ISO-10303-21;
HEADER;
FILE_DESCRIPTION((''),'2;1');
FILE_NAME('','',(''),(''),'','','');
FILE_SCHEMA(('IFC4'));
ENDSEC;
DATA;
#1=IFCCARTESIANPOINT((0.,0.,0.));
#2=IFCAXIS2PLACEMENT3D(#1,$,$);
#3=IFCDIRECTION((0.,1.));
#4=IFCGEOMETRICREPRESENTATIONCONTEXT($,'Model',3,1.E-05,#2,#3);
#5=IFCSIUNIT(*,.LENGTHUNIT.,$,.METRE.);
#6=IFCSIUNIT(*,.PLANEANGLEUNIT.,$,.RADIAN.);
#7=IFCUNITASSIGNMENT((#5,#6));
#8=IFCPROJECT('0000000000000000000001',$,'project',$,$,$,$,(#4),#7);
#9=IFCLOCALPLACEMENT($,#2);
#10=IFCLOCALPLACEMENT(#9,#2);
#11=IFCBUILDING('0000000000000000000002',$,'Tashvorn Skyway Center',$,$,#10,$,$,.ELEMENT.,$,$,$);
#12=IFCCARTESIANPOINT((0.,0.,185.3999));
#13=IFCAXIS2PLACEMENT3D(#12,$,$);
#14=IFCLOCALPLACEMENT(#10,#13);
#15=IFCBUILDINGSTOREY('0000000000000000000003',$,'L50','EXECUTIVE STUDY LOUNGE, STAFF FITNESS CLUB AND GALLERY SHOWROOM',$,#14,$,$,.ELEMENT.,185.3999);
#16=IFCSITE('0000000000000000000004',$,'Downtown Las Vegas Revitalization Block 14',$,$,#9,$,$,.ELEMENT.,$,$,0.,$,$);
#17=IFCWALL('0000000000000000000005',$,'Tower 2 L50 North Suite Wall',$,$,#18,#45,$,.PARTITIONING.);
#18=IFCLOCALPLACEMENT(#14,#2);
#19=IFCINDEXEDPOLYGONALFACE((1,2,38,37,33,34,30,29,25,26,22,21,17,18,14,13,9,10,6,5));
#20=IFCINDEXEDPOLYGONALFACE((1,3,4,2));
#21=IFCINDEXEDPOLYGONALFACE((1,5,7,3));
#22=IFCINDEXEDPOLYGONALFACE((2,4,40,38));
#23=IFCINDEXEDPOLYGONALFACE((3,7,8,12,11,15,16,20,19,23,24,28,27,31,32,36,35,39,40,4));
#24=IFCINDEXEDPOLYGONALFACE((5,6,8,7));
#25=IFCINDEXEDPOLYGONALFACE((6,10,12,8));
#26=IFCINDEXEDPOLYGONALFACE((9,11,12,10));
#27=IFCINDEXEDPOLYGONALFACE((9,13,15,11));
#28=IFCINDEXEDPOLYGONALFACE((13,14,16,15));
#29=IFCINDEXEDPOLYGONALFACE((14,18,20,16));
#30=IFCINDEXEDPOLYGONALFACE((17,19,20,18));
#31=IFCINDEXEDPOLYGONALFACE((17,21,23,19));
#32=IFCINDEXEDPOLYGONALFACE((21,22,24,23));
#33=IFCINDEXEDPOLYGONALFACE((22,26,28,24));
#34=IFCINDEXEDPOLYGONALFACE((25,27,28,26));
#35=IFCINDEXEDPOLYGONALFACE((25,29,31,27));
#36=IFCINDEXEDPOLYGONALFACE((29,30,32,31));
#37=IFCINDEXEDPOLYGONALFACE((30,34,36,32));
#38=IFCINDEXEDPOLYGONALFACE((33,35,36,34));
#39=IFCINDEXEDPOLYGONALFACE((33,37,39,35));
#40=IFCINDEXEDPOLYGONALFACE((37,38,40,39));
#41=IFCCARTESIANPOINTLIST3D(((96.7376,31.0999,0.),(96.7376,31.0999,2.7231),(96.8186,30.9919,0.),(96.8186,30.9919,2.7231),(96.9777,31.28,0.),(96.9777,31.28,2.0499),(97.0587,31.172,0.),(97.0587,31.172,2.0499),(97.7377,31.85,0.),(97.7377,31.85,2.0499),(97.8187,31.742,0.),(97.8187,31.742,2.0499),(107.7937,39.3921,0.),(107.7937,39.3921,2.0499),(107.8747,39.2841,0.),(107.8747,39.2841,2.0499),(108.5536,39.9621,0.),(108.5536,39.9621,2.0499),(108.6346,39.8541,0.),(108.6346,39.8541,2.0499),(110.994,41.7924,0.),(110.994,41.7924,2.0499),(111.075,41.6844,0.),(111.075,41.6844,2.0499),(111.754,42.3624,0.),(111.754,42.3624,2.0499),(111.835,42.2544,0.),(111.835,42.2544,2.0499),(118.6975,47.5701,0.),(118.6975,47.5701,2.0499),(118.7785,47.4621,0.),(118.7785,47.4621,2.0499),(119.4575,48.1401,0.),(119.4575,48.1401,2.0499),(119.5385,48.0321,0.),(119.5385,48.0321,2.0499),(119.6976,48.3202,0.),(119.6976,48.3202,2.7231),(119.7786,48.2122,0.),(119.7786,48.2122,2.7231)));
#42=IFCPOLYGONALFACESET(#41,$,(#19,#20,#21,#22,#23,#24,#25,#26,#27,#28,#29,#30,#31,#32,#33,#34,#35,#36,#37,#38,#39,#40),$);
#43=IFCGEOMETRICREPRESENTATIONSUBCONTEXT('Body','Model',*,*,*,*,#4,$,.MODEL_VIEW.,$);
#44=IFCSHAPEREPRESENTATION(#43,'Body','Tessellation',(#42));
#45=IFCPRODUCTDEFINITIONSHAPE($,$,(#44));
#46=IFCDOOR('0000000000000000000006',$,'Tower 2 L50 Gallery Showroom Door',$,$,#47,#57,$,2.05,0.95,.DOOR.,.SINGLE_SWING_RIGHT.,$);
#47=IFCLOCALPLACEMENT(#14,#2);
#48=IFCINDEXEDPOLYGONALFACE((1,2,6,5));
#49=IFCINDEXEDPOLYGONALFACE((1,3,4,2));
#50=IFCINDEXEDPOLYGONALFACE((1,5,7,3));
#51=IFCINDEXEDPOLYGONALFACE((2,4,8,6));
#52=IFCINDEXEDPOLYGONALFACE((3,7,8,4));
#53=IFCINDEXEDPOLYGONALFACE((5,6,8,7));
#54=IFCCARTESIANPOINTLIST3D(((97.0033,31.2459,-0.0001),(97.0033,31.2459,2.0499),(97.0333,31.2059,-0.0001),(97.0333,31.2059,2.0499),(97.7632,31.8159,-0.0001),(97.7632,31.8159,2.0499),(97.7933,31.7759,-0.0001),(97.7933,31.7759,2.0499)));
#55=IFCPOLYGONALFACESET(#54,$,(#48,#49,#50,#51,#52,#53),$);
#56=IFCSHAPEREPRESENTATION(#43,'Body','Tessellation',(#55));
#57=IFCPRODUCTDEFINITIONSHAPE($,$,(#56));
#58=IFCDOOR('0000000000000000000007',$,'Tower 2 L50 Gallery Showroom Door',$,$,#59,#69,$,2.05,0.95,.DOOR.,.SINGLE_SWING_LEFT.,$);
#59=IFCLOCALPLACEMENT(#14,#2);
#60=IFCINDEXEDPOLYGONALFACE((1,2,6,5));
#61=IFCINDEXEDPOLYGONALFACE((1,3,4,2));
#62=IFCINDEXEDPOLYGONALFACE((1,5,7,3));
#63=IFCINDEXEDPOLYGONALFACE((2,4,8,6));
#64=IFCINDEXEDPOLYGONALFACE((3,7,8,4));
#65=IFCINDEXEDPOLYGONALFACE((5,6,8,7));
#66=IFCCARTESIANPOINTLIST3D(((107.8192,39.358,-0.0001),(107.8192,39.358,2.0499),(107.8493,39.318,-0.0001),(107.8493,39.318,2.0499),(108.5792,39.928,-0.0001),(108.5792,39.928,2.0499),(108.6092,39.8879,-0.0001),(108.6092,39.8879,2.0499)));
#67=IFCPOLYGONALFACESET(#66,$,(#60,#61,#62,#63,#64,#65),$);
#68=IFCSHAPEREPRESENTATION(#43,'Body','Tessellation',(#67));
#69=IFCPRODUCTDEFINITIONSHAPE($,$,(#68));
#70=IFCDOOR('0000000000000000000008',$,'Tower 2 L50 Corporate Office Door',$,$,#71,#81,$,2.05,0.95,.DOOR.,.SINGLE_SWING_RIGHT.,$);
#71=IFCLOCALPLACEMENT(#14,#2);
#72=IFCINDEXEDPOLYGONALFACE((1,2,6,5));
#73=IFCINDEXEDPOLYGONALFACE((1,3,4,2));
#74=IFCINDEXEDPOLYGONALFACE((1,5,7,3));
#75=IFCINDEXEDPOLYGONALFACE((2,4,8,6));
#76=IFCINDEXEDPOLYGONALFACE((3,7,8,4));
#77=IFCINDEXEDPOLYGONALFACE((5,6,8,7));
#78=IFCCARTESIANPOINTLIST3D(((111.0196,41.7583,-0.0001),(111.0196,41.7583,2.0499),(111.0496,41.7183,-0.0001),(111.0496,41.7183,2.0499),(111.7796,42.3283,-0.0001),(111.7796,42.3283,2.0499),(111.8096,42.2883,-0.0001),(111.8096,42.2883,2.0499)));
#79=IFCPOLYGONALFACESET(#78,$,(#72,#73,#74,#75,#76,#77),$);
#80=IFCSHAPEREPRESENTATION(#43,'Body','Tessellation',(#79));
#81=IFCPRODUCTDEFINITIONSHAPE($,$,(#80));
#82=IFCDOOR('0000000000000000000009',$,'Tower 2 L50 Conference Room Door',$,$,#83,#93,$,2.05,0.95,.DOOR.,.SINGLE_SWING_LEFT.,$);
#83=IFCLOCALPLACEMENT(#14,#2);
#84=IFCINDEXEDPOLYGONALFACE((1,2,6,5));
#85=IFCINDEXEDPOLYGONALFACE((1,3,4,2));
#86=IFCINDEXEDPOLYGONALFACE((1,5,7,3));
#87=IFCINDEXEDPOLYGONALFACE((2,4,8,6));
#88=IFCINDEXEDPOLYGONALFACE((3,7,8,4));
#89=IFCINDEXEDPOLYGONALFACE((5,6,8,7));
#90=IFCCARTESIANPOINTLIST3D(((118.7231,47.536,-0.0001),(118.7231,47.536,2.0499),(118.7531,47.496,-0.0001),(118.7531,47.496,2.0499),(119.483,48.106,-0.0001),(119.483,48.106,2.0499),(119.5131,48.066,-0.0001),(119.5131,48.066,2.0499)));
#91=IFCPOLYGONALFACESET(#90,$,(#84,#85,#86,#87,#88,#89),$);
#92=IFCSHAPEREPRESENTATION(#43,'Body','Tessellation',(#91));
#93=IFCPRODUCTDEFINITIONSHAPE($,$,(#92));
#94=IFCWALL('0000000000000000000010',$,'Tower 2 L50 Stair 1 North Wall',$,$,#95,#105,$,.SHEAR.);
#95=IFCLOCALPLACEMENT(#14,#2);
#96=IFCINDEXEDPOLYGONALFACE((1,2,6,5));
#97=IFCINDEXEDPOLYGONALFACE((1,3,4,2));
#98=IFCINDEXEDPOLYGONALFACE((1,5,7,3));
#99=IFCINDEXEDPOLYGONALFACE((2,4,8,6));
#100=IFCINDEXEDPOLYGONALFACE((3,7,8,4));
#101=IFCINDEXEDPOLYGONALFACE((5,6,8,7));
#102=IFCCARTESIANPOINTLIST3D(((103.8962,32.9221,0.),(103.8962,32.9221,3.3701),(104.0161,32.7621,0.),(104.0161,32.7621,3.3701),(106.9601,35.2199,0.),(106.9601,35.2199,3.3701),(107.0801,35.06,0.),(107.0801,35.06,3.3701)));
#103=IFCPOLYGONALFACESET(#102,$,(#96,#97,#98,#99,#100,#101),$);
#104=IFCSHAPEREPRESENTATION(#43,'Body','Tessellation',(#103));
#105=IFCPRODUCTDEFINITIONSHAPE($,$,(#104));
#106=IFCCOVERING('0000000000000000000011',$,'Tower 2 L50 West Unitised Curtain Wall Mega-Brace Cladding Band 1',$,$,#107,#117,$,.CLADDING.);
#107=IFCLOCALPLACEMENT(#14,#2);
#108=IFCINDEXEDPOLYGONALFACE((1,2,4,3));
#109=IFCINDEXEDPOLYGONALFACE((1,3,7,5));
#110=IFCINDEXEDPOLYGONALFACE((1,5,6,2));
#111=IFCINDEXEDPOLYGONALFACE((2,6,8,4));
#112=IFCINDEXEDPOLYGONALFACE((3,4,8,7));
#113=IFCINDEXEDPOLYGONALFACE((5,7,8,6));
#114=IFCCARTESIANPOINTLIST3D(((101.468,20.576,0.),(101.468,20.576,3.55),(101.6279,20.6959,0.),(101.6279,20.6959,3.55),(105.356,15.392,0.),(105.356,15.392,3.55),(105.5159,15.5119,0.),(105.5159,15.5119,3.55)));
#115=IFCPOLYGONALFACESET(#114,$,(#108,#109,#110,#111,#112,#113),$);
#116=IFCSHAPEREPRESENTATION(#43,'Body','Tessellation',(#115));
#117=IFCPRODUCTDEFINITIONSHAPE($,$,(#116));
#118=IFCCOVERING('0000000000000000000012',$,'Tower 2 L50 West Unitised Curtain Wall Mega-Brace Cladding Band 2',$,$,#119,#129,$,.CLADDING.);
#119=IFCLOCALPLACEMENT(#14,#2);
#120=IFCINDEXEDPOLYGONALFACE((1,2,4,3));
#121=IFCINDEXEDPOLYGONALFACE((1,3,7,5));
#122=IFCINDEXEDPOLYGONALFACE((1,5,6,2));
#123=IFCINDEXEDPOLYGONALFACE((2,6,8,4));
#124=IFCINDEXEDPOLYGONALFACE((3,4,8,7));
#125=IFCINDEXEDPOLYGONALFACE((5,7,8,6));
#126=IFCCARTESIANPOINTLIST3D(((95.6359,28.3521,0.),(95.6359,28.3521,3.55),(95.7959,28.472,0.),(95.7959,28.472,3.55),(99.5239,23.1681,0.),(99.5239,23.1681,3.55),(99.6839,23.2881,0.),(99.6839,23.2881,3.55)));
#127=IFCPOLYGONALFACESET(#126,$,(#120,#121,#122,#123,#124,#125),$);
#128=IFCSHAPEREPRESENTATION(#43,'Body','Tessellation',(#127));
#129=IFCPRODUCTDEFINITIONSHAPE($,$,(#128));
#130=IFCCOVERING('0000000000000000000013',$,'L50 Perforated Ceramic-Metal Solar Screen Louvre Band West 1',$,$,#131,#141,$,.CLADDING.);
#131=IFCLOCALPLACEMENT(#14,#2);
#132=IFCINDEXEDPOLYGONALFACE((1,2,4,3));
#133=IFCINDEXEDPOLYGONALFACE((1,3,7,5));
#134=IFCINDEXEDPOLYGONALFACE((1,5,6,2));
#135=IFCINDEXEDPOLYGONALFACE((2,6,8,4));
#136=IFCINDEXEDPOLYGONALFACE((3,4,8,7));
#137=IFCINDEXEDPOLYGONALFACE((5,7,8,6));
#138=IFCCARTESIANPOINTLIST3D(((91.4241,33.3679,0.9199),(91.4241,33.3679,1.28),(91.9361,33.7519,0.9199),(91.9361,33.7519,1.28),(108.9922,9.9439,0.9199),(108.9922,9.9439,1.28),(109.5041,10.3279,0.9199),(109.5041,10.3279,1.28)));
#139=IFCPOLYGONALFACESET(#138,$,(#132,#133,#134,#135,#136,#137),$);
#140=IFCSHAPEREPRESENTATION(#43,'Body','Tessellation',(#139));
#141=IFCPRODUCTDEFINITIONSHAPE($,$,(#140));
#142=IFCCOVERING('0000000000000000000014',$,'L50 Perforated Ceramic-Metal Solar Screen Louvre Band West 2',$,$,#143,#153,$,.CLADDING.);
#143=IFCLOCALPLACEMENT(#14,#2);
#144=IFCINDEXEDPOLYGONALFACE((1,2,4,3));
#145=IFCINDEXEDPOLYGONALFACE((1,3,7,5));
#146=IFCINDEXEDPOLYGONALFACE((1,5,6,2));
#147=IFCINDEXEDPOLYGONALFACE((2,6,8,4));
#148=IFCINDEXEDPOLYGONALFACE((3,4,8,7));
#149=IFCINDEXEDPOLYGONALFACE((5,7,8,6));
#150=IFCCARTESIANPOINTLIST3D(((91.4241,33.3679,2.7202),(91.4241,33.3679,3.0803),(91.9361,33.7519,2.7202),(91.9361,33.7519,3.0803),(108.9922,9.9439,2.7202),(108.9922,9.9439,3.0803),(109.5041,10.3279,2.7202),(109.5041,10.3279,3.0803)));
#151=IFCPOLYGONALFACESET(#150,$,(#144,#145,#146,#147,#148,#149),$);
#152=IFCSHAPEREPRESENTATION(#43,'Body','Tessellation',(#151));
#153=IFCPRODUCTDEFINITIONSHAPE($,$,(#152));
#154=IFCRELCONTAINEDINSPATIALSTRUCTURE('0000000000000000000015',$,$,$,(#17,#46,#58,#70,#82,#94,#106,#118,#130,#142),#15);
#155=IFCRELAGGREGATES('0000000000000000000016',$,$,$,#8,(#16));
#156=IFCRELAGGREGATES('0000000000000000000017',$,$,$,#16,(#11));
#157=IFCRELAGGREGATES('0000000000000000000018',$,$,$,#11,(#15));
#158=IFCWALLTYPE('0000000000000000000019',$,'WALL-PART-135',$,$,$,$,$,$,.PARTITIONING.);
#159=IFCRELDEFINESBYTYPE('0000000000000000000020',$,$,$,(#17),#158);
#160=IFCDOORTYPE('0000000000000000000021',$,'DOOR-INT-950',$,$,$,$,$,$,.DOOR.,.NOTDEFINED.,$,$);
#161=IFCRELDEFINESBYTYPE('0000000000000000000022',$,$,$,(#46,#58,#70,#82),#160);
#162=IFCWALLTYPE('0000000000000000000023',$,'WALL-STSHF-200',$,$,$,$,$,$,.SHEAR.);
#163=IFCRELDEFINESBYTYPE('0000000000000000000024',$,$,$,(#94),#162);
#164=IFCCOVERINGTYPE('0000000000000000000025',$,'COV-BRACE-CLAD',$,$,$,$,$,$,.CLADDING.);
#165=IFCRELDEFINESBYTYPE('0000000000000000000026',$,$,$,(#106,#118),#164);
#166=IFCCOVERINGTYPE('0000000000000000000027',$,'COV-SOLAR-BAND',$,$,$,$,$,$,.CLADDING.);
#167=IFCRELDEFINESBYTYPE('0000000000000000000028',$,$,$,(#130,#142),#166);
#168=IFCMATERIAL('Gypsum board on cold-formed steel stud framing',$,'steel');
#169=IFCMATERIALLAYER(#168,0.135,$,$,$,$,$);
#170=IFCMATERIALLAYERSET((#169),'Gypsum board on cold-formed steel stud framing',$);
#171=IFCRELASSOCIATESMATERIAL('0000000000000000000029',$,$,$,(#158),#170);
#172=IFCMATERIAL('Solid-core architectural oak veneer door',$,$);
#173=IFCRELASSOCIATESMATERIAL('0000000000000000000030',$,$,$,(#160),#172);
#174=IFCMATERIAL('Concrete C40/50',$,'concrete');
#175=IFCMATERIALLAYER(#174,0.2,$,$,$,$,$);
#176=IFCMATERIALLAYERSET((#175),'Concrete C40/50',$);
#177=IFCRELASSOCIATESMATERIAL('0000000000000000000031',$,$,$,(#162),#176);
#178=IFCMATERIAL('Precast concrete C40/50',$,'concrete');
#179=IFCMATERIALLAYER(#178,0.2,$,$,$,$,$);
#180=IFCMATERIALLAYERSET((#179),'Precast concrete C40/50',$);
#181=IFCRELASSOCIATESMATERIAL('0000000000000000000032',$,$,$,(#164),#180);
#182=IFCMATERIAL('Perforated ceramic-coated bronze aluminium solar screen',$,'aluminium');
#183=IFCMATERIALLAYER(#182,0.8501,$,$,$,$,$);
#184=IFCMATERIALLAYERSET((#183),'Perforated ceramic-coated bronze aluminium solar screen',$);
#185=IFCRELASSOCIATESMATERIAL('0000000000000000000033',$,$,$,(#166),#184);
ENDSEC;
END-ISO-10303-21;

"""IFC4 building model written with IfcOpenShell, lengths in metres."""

from ifc_helpers import new_model, si_unit, direction, frame, frame_2d, origin, origin_2d, place, context, subcontext, project, spatial, rectangle, extrude, material, layer, layer_set, type_object, element, fill, save


model = new_model("IFC4")

# Units and contexts
model_context = context("Model", 3, precision=1e-05, world=origin(), true_north=direction((0.0, 1.0)))
body_context = subcontext(model_context, "Body", "Model", "MODEL_VIEW")
ifc_project = project(units=[si_unit("LENGTHUNIT", "METRE"), si_unit("PLANEANGLEUNIT", "RADIAN")], contexts=[model_context])

# Site, building, storey
site_placement = place(None, origin())
site = spatial("IfcSite", under=ifc_project, at=site_placement, Name="Downtown Las Vegas Revitalization Block 14", CompositionType="ELEMENT", RefElevation=0.0)
building_placement = place(site_placement, origin())
building = spatial("IfcBuilding", under=site, at=building_placement, Name="Tashvorn Skyway Center", CompositionType="ELEMENT")
storey_placement = place(building_placement, frame((0.0, 0.0, 185.3999)))
storey = spatial("IfcBuildingStorey", under=building, at=storey_placement, Name="L50", Description="EXECUTIVE STUDY LOUNGE, STAFF FITNESS CLUB AND GALLERY SHOWROOM", CompositionType="ELEMENT", Elevation=185.3999)

# Shared definitions
ifc_material_1 = material(Name="Gypsum board on cold-formed steel stud framing", Category="steel")

# Wall, openings, doors
ifc_layer_1 = layer(ifc_material_1, 0.135)
ifc_layer_set_1 = layer_set([ifc_layer_1], Name="Gypsum board on cold-formed steel stud framing")
wall_type_1 = type_object("IfcWallType", Name="WALL-PART-135", PredefinedType="PARTITIONING", material=ifc_layer_set_1)
wall_1_placement = place(storey_placement, frame((96.7781, 31.0459, 0.0), z_axis=(0.0, 0.0, 1.0), x_axis=(0.799996, 0.600005, 0.0)))
wall_1 = element("IfcWall", 1, at=wall_1_placement, inside=storey, type_object=wall_type_1, Name="Tower 2 L50 North Suite Wall", PredefinedType="PARTITIONING", context=body_context, shape_type="SweptSolid", body=[
    extrude(rectangle(XDim=28.7002, YDim=0.135, at=frame_2d((14.3501, 0.0))), origin(), (0.0, 0.0, 1.0), 2.7231),
])
opening_1_placement = place(wall_1_placement, frame((0.3, 0.0, 0.0)))
opening_1 = element("IfcOpeningElement", 2, at=opening_1_placement, cuts=wall_1, PredefinedType="OPENING", context=body_context, shape_type="SweptSolid", body=[
    extrude(rectangle(XDim=0.95, YDim=2.05, at=frame_2d((0.4751, 1.0249))), frame((0.0, 0.0774, 0.0), z_axis=(0.0, -1.0, 0.0), x_axis=(1.0, 0.0, 0.0)), (0.0, 0.0, 1.0), 0.155),
])
opening_2_placement = place(wall_1_placement, frame((13.8201, 0.0, 0.0)))
opening_2 = element("IfcOpeningElement", 3, at=opening_2_placement, cuts=wall_1, PredefinedType="OPENING", context=body_context, shape_type="SweptSolid", body=[
    extrude(rectangle(XDim=0.95, YDim=2.05, at=frame_2d((0.4751, 1.0249))), frame((0.0, 0.0774, 0.0), z_axis=(0.0, -1.0, 0.0), x_axis=(1.0, 0.0, 0.0)), (0.0, 0.0, 1.0), 0.155),
])
opening_3_placement = place(wall_1_placement, frame((17.8206, 0.0, 0.0)))
opening_3 = element("IfcOpeningElement", 4, at=opening_3_placement, cuts=wall_1, PredefinedType="OPENING", context=body_context, shape_type="SweptSolid", body=[
    extrude(rectangle(XDim=0.95, YDim=2.05, at=frame_2d((0.4751, 1.0249))), frame((0.0, 0.0774, 0.0), z_axis=(0.0, -1.0, 0.0), x_axis=(1.0, 0.0, 0.0)), (0.0, 0.0, 1.0), 0.155),
])
opening_4_placement = place(wall_1_placement, frame((27.45, 0.0, 0.0)))
opening_4 = element("IfcOpeningElement", 5, at=opening_4_placement, cuts=wall_1, PredefinedType="OPENING", context=body_context, shape_type="SweptSolid", body=[
    extrude(rectangle(XDim=0.95, YDim=2.05, at=frame_2d((0.4751, 1.0249))), frame((0.0, 0.0774, 0.0), z_axis=(0.0, -1.0, 0.0), x_axis=(1.0, 0.0, 0.0)), (0.0, 0.0, 1.0), 0.155),
])
ifc_material_2 = material(Name="Solid-core architectural oak veneer door")
door_type = type_object("IfcDoorType", Name="DOOR-INT-950", OperationType="NOTDEFINED", PredefinedType="DOOR", material=ifc_material_2)
door_1_placement = place(opening_1_placement, origin())
door_1 = element("IfcDoor", 6, at=door_1_placement, inside=storey, type_object=door_type, Name="Tower 2 L50 Gallery Showroom Door", OperationType="SINGLE_SWING_RIGHT", OverallHeight=2.05, OverallWidth=0.95, PredefinedType="DOOR", context=body_context, shape_type="SweptSolid", body=[
    extrude(rectangle(XDim=0.95, YDim=2.05, at=frame_2d((0.4751, 1.0249))), frame((0.0, 0.0249, 0.0), z_axis=(0.0, -1.0, 0.0), x_axis=(1.0, 0.0, 0.0)), (0.0, 0.0, 1.0), 0.05),
])
fill(opening_1, door_1)
door_2_placement = place(opening_2_placement, origin())
door_2 = element("IfcDoor", 7, at=door_2_placement, inside=storey, type_object=door_type, Name="Tower 2 L50 Gallery Showroom Door", OperationType="SINGLE_SWING_LEFT", OverallHeight=2.05, OverallWidth=0.95, PredefinedType="DOOR", context=body_context, shape_type="SweptSolid", body=[
    extrude(rectangle(XDim=0.95, YDim=2.05, at=frame_2d((0.4751, 1.0249))), frame((0.0, 0.0249, 0.0), z_axis=(0.0, -1.0, 0.0), x_axis=(1.0, 0.0, 0.0)), (0.0, 0.0, 1.0), 0.05),
])
fill(opening_2, door_2)
door_3_placement = place(opening_3_placement, origin())
door_3 = element("IfcDoor", 8, at=door_3_placement, inside=storey, type_object=door_type, Name="Tower 2 L50 Corporate Office Door", OperationType="SINGLE_SWING_RIGHT", OverallHeight=2.05, OverallWidth=0.95, PredefinedType="DOOR", context=body_context, shape_type="SweptSolid", body=[
    extrude(rectangle(XDim=0.95, YDim=2.05, at=frame_2d((0.4751, 1.0249))), frame((0.0, 0.0249, 0.0), z_axis=(0.0, -1.0, 0.0), x_axis=(1.0, 0.0, 0.0)), (0.0, 0.0, 1.0), 0.05),
])
fill(opening_3, door_3)
door_4_placement = place(opening_4_placement, origin())
door_4 = element("IfcDoor", 9, at=door_4_placement, inside=storey, type_object=door_type, Name="Tower 2 L50 Conference Room Door", OperationType="SINGLE_SWING_LEFT", OverallHeight=2.05, OverallWidth=0.95, PredefinedType="DOOR", context=body_context, shape_type="SweptSolid", body=[
    extrude(rectangle(XDim=0.95, YDim=2.05, at=frame_2d((0.4751, 1.0249))), frame((0.0, 0.0249, 0.0), z_axis=(0.0, -1.0, 0.0), x_axis=(1.0, 0.0, 0.0)), (0.0, 0.0, 1.0), 0.05),
])
fill(opening_4, door_4)

# Wall
ifc_material_3 = material(Name="Concrete C40/50", Category="concrete")
ifc_layer_2 = layer(ifc_material_3, 0.2)
ifc_layer_set_2 = layer_set([ifc_layer_2], Name="Concrete C40/50")
wall_type_2 = type_object("IfcWallType", Name="WALL-STSHF-200", PredefinedType="SHEAR", material=ifc_layer_set_2)
wall_2_placement = place(storey_placement, frame((103.9561, 32.842, 0.0), z_axis=(0.0, 0.0, 1.0), x_axis=(0.800015, 0.59998, 0.0)))
element("IfcWall", 10, at=wall_2_placement, inside=storey, type_object=wall_type_2, Name="Tower 2 L50 Stair 1 North Wall", PredefinedType="SHEAR", context=body_context, shape_type="SweptSolid", body=[
    extrude(rectangle(XDim=3.8298, YDim=0.2, at=frame_2d((1.915, 0.0))), origin(), (0.0, 0.0, 1.0), 3.3701),
])

# Coverings
ifc_material_4 = material(Name="Precast concrete C40/50", Category="concrete")
ifc_layer_3 = layer(ifc_material_4, 0.2)
ifc_layer_set_3 = layer_set([ifc_layer_3], Name="Precast concrete C40/50")
covering_type_1 = type_object("IfcCoveringType", Name="COV-BRACE-CLAD", PredefinedType="CLADDING", material=ifc_layer_set_3)
for number, where, z_axis, x_axis, name in (
    (11, (103.4919, 18.0439, 0.0), (0.0, 0.0, 1.0), (-0.6, 0.8, 0.0), "Tower 2 L50 West Unitised Curtain Wall Mega-Brace Cladding Band 1"),
    (12, (97.6599, 25.8201, 0.0), (0.0, 0.0, 1.0), (-0.6, 0.8, 0.0), "Tower 2 L50 West Unitised Curtain Wall Mega-Brace Cladding Band 2"),
):
    element("IfcCovering", number, at=place(storey_placement, frame(where, z_axis=z_axis, x_axis=x_axis)), inside=storey, type_object=covering_type_1, Name=name, PredefinedType="CLADDING", context=body_context, shape_type="SweptSolid", body=[
        extrude(rectangle(XDim=6.48, YDim=0.2, at=origin_2d()), origin(), (0.0, 0.0, 1.0), 3.55),
    ])
ifc_material_5 = material(Name="Perforated ceramic-coated bronze aluminium solar screen", Category="aluminium")
ifc_layer_4 = layer(ifc_material_5, 0.8501)
ifc_layer_set_4 = layer_set([ifc_layer_4], Name="Perforated ceramic-coated bronze aluminium solar screen")
covering_type_2 = type_object("IfcCoveringType", Name="COV-SOLAR-BAND", PredefinedType="CLADDING", material=ifc_layer_set_4)
for number, where, z_axis, x_axis, name in (
    (13, (100.4641, 21.8479, 0.9199), (0.0, 0.0, 1.0), (-0.6, 0.8, 0.0), "L50 Perforated Ceramic-Metal Solar Screen Louvre Band West 1"),
    (14, (100.4641, 21.8479, 2.7202), (0.0, 0.0, 1.0), (-0.6, 0.8, 0.0), "L50 Perforated Ceramic-Metal Solar Screen Louvre Band West 2"),
):
    element("IfcCovering", number, at=place(storey_placement, frame(where, z_axis=z_axis, x_axis=x_axis)), inside=storey, type_object=covering_type_2, Name=name, PredefinedType="CLADDING", context=body_context, shape_type="SweptSolid", body=[
        extrude(rectangle(XDim=29.28, YDim=0.6399, at=origin_2d()), origin(), (0.0, 0.0, 1.0), 0.3601),
    ])

save(model, "model.ifc")
